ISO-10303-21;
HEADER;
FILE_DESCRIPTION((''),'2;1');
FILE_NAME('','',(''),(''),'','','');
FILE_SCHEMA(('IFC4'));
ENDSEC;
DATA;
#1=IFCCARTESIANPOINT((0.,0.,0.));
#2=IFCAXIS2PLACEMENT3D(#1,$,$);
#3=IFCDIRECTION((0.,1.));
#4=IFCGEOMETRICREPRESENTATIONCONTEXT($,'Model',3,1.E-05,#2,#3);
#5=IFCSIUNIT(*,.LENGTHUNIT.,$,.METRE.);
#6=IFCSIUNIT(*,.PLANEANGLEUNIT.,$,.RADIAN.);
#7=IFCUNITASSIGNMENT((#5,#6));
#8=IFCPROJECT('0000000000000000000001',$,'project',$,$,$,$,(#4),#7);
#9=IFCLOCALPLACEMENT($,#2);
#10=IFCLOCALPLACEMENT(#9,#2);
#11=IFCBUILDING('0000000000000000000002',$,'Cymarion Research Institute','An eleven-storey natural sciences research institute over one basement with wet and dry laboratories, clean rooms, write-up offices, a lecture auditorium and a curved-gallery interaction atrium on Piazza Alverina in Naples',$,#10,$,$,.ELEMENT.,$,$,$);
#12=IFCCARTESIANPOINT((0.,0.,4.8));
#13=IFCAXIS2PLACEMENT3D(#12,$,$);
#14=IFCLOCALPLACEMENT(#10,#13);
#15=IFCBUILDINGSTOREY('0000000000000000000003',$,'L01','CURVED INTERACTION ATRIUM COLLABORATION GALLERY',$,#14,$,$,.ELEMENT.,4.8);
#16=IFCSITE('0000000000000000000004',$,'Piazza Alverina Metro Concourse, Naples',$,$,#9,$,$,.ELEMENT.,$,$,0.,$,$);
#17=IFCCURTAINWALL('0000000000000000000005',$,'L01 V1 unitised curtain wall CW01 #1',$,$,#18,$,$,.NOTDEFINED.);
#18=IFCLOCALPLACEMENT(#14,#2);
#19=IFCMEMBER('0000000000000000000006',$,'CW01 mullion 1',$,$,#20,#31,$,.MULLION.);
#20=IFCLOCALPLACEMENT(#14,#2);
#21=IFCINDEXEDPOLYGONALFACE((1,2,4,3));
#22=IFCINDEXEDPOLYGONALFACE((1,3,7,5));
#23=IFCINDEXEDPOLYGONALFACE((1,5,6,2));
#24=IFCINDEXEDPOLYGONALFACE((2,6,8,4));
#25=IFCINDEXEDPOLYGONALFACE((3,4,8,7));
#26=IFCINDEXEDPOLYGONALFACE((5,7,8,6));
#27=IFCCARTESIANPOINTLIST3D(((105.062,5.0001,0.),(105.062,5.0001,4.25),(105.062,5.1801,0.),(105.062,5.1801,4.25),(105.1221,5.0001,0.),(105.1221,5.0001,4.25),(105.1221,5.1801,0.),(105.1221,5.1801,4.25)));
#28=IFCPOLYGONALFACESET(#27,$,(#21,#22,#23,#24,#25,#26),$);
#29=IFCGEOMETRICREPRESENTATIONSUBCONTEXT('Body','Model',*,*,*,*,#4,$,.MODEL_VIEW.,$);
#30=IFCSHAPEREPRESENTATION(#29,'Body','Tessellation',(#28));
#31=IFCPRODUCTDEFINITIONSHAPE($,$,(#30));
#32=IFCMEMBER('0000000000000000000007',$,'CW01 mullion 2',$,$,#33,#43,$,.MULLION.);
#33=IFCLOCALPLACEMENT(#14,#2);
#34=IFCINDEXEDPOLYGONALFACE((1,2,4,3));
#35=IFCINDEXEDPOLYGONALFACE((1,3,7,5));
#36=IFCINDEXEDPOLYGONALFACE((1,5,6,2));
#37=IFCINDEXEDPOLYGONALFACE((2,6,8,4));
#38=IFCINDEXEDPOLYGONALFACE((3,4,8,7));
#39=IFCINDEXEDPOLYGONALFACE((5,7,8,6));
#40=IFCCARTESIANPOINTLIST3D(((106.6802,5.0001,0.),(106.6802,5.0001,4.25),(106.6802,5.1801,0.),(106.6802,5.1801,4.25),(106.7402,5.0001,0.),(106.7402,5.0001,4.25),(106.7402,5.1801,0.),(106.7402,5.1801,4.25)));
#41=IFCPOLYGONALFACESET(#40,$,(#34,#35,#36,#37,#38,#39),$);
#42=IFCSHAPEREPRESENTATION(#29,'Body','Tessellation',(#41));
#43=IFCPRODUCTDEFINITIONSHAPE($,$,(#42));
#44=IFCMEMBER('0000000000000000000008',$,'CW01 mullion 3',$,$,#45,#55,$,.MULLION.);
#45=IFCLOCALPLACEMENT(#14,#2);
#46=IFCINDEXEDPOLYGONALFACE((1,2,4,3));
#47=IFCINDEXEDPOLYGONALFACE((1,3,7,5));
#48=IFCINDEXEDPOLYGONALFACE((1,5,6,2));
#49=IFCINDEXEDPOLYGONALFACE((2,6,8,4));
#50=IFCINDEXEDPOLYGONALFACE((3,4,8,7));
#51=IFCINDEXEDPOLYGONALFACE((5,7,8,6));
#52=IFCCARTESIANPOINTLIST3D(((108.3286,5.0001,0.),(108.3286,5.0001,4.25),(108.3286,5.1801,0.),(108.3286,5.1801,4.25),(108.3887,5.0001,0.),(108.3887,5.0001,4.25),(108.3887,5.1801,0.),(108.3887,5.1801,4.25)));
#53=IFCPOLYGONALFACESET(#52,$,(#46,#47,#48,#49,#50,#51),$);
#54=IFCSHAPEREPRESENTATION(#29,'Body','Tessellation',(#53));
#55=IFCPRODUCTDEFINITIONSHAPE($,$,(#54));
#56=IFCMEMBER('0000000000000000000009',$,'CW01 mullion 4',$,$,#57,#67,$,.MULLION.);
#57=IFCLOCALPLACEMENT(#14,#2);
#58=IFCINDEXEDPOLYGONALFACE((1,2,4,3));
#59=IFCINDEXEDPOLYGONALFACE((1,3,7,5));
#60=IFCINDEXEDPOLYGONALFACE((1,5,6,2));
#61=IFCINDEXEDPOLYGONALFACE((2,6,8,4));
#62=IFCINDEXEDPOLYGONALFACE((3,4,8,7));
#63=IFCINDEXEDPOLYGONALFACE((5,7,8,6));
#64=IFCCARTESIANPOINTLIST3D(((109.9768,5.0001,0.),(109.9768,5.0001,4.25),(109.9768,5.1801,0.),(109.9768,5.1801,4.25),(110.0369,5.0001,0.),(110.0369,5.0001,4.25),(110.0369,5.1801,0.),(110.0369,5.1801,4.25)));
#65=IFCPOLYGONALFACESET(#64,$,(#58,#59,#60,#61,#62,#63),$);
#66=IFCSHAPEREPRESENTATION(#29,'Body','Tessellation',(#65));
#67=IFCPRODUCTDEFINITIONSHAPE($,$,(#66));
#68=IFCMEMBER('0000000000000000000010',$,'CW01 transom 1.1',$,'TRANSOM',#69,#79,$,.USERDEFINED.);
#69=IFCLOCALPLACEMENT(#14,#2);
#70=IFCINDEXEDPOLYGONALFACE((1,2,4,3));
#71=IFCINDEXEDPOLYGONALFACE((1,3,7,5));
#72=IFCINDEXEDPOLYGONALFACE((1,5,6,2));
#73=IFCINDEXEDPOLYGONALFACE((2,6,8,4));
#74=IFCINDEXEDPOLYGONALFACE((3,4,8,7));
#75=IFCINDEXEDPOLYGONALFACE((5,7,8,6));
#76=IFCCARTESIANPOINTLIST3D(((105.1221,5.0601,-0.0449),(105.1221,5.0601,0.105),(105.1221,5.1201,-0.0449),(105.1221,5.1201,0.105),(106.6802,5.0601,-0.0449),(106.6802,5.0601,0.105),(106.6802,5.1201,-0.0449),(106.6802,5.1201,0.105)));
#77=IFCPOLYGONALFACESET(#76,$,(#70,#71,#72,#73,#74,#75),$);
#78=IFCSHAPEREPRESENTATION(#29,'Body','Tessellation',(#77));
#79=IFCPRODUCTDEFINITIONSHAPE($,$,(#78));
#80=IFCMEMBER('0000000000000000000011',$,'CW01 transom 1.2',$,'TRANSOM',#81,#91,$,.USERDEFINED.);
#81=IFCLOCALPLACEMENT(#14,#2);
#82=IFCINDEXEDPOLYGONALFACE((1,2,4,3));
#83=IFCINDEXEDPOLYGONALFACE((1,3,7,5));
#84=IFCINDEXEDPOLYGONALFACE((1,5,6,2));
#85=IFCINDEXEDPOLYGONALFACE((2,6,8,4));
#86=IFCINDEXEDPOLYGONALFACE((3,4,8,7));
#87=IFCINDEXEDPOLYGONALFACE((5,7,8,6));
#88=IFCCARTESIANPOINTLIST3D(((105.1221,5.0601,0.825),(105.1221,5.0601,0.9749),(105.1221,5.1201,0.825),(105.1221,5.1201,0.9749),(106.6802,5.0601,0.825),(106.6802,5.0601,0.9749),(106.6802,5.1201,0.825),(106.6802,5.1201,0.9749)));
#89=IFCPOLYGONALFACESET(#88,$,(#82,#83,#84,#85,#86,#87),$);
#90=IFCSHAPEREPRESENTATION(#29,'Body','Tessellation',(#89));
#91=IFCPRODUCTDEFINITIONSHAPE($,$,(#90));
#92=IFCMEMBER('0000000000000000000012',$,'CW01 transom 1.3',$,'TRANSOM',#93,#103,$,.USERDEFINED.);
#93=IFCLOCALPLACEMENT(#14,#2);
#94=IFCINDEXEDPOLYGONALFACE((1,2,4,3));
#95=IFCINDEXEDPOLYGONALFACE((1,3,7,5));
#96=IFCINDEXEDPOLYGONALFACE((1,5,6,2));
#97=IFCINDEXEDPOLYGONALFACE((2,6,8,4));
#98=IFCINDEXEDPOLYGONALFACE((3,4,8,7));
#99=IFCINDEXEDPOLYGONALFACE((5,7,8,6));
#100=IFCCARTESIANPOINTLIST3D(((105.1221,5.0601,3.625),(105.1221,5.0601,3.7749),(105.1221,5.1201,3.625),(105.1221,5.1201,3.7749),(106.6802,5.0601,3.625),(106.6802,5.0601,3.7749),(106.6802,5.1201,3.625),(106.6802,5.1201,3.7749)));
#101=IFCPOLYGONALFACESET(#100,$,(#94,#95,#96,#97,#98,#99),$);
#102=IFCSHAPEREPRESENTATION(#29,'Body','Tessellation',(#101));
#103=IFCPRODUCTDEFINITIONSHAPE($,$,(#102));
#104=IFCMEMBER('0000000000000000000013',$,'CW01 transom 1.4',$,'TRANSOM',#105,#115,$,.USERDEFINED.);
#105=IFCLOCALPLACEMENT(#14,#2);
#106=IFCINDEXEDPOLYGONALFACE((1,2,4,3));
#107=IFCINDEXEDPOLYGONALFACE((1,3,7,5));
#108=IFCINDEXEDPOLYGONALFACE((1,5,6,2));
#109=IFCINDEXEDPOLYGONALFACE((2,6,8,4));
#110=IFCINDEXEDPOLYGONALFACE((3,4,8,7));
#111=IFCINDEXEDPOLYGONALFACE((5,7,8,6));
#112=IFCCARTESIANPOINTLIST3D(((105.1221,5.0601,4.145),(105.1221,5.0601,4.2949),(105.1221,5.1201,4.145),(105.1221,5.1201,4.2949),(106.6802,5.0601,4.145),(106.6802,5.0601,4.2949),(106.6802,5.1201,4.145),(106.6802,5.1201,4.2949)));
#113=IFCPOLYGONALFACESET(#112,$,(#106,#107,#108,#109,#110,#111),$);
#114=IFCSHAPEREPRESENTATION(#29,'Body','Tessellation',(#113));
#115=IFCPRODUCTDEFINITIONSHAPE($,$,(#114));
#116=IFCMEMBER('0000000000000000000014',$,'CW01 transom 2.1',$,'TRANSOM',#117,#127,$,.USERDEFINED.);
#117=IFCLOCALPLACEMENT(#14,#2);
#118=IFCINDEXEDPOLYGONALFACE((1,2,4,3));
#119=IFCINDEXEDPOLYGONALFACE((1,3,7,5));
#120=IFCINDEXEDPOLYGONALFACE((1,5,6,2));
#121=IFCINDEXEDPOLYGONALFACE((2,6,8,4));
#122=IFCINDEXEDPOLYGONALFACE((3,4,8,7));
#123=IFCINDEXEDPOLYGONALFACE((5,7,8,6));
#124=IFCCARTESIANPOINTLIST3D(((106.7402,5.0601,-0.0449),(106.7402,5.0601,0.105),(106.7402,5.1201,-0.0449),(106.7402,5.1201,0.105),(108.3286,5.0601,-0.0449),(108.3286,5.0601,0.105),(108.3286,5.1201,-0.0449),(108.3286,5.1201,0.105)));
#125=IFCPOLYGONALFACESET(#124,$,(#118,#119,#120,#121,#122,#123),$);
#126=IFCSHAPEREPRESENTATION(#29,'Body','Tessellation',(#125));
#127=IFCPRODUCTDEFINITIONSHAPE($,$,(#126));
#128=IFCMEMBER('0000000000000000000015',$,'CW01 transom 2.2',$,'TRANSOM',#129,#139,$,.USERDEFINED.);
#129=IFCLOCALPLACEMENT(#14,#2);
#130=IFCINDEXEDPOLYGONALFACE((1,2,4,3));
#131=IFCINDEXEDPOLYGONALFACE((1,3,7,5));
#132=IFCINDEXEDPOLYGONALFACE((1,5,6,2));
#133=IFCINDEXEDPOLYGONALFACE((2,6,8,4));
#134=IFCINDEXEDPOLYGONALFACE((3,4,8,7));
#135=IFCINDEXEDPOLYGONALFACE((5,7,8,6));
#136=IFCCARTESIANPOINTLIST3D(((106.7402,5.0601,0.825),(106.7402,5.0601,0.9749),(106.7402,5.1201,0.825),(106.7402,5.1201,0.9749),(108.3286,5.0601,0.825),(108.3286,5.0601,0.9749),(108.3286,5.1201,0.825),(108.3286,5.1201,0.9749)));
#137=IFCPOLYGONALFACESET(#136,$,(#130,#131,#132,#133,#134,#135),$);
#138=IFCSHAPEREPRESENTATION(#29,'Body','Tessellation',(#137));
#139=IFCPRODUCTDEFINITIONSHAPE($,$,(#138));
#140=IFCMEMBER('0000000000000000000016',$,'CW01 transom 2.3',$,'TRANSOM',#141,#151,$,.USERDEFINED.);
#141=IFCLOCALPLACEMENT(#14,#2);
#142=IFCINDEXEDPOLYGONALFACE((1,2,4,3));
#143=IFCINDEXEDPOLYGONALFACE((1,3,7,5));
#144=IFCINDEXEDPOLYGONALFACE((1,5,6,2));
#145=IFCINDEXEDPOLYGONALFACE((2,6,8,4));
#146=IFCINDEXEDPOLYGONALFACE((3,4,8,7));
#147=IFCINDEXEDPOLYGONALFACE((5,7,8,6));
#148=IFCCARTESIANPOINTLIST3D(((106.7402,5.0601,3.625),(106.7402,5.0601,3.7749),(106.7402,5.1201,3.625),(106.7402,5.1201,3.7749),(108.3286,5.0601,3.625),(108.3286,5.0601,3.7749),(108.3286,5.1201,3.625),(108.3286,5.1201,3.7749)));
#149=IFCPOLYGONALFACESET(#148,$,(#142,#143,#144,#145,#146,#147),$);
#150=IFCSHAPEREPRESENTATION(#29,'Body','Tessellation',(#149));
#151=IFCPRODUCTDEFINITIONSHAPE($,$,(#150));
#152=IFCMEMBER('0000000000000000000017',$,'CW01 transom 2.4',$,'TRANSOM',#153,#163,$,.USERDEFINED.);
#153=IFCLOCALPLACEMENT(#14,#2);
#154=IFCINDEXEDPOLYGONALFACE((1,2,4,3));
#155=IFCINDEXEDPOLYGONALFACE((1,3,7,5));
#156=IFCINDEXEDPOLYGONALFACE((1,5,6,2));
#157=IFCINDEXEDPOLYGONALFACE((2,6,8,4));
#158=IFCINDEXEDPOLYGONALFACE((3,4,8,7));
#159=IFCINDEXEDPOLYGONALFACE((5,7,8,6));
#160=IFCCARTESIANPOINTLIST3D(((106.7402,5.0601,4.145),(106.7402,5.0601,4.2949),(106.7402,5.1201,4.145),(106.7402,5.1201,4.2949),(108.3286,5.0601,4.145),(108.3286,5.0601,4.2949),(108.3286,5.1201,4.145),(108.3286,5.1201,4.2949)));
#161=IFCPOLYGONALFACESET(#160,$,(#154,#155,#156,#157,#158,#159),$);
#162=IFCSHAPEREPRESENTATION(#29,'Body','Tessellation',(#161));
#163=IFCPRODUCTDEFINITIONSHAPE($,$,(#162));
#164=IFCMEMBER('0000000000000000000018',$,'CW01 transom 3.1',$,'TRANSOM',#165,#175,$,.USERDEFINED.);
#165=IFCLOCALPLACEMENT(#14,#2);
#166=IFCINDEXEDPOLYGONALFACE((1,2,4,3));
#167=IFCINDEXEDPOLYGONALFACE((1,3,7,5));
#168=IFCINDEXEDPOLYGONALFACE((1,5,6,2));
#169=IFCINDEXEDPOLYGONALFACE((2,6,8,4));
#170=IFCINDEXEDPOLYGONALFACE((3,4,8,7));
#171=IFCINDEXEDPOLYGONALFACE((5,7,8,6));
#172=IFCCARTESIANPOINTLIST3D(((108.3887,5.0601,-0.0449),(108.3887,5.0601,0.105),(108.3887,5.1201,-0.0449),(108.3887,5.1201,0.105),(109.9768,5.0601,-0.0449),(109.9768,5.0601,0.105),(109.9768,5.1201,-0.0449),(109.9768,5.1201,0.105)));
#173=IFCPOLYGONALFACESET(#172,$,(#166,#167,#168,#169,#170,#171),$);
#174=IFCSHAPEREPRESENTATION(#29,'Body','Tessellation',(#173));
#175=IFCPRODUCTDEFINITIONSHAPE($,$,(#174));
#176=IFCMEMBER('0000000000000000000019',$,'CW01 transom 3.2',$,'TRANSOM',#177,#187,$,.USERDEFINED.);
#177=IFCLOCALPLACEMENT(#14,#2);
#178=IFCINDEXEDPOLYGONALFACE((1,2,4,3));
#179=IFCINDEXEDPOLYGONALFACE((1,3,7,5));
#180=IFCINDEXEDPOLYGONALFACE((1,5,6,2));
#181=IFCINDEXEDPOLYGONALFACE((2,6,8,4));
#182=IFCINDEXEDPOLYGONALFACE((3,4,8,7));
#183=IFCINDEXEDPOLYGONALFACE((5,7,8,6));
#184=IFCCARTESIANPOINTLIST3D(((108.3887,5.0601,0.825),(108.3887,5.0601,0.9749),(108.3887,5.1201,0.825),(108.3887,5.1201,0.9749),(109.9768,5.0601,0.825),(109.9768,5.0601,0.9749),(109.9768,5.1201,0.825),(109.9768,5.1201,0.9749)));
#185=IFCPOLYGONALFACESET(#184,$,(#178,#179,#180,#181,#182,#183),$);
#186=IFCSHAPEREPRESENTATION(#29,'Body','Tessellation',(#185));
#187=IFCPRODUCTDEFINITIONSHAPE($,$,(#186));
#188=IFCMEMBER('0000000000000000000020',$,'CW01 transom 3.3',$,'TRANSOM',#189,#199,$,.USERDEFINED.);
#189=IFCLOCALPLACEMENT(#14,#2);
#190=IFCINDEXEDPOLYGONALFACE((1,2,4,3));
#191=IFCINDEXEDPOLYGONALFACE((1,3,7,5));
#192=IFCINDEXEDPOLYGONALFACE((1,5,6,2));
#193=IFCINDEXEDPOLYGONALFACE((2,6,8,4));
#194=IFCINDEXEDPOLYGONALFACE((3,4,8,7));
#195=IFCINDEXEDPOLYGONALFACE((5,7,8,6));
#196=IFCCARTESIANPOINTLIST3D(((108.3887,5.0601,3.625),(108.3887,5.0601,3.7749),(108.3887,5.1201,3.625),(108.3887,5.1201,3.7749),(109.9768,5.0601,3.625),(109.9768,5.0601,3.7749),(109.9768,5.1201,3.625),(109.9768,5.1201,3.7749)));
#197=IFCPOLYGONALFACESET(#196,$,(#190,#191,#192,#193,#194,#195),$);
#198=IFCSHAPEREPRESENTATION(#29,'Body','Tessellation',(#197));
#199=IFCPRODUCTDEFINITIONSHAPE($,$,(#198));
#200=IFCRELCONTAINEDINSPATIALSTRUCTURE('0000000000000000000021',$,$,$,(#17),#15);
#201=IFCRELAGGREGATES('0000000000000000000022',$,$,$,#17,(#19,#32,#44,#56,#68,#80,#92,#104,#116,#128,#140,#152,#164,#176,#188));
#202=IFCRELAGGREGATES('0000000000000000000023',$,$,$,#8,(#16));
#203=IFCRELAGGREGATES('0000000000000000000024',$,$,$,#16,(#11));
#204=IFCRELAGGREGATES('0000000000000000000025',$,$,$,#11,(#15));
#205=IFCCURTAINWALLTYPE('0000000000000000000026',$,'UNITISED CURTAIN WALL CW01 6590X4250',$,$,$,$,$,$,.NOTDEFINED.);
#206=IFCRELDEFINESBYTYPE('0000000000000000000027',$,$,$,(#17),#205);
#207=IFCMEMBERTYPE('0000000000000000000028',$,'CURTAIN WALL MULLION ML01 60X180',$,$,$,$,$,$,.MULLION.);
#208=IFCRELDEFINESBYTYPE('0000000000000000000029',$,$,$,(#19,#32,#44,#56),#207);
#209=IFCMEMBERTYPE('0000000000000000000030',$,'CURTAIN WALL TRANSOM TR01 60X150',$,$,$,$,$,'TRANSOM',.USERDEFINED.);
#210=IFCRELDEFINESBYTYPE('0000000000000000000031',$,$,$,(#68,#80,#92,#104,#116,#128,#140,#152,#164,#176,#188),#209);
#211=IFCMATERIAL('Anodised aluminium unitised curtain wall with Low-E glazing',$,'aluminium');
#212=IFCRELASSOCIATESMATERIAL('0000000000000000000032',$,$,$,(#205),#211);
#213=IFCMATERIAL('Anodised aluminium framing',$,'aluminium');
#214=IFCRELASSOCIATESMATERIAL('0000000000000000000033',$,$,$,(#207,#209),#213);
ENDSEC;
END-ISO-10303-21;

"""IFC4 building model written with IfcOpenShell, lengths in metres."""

from ifc_helpers import new_model, si_unit, direction, frame, origin, origin_2d, place, context, subcontext, project, spatial, rectangle, extrude, material, material_profile, profile_set, type_object, element, aggregate, save


model = new_model("IFC4")

# Units and contexts
model_context = context("Model", 3, precision=1e-05, world=origin(), true_north=direction((0.0, 1.0)))
body_context = subcontext(model_context, "Body", "Model", "MODEL_VIEW")
ifc_project = project(units=[si_unit("LENGTHUNIT", "METRE"), si_unit("PLANEANGLEUNIT", "RADIAN")], contexts=[model_context])

# Site, building, storey
site_placement = place(None, origin())
site = spatial("IfcSite", under=ifc_project, at=site_placement, Name="Piazza Alverina Metro Concourse, Naples", CompositionType="ELEMENT", RefElevation=0.0)
building_placement = place(site_placement, origin())
building = spatial("IfcBuilding", under=site, at=building_placement, Name="Cymarion Research Institute", Description="An eleven-storey natural sciences research institute over one basement with wet and dry laboratories, clean rooms, write-up offices, a lecture auditorium and a curved-gallery interaction atrium on Piazza Alverina in Naples", CompositionType="ELEMENT")
storey_placement = place(building_placement, frame((0.0, 0.0, 4.8)))
storey = spatial("IfcBuildingStorey", under=building, at=storey_placement, Name="L01", Description="CURVED INTERACTION ATRIUM COLLABORATION GALLERY", CompositionType="ELEMENT", Elevation=4.8)

# Curtain wall, members
ifc_material_1 = material(Name="Anodised aluminium unitised curtain wall with Low-E glazing", Category="aluminium")
curtain_wall_type = type_object("IfcCurtainWallType", Name="UNITISED CURTAIN WALL CW01 6590X4250", PredefinedType="NOTDEFINED", material=ifc_material_1)
curtain_wall_placement = place(storey_placement, origin())
curtain_wall = element("IfcCurtainWall", 1, at=curtain_wall_placement, inside=storey, type_object=curtain_wall_type, Name="L01 V1 unitised curtain wall CW01 #1", PredefinedType="NOTDEFINED")
ifc_material_2 = material(Name="Anodised aluminium framing", Category="aluminium")
ifc_material_profile_1 = material_profile(ifc_material_2, rectangle(XDim=0.0601, YDim=0.1799, at=origin_2d()), Name="ALU MULLION 60x180")
ifc_profile_set_1 = profile_set([ifc_material_profile_1], Name="Anodised aluminium framing")
member_type_1 = type_object("IfcMemberType", Name="CURTAIN WALL MULLION ML01 60X180", PredefinedType="MULLION", material=ifc_profile_set_1)
member_1_placement = place(storey_placement, frame((105.092, 5.0901, 0.0), z_axis=(0.0, 0.0, 1.0), x_axis=(1.0, 0.0, 0.0)))
member_1 = element("IfcMember", 2, at=member_1_placement, type_object=member_type_1, Name="CW01 mullion 1", PredefinedType="MULLION", context=body_context, shape_type="SweptSolid", body=[
    extrude(rectangle(XDim=0.0601, YDim=0.1799, at=origin_2d()), origin(), (0.0, 0.0, 1.0), 4.25),
])
member_2_placement = place(storey_placement, frame((106.7102, 5.0901, 0.0), z_axis=(0.0, 0.0, 1.0), x_axis=(1.0, 0.0, 0.0)))
member_2 = element("IfcMember", 3, at=member_2_placement, type_object=member_type_1, Name="CW01 mullion 2", PredefinedType="MULLION", context=body_context, shape_type="SweptSolid", body=[
    extrude(rectangle(XDim=0.0601, YDim=0.1799, at=origin_2d()), origin(), (0.0, 0.0, 1.0), 4.25),
])
member_3_placement = place(storey_placement, frame((108.3586, 5.0901, 0.0), z_axis=(0.0, 0.0, 1.0), x_axis=(1.0, 0.0, 0.0)))
member_3 = element("IfcMember", 4, at=member_3_placement, type_object=member_type_1, Name="CW01 mullion 3", PredefinedType="MULLION", context=body_context, shape_type="SweptSolid", body=[
    extrude(rectangle(XDim=0.0601, YDim=0.1799, at=origin_2d()), origin(), (0.0, 0.0, 1.0), 4.25),
])
member_4_placement = place(storey_placement, frame((110.0068, 5.0901, 0.0), z_axis=(0.0, 0.0, 1.0), x_axis=(1.0, 0.0, 0.0)))
member_4 = element("IfcMember", 5, at=member_4_placement, type_object=member_type_1, Name="CW01 mullion 4", PredefinedType="MULLION", context=body_context, shape_type="SweptSolid", body=[
    extrude(rectangle(XDim=0.0601, YDim=0.1799, at=origin_2d()), origin(), (0.0, 0.0, 1.0), 4.25),
])
ifc_material_profile_2 = material_profile(ifc_material_2, rectangle(XDim=0.0601, YDim=0.1499, at=origin_2d()), Name="ALU TRANSOM 60x150")
ifc_profile_set_2 = profile_set([ifc_material_profile_2], Name="Anodised aluminium framing")
member_type_2 = type_object("IfcMemberType", Name="CURTAIN WALL TRANSOM TR01 60X150", ElementType="TRANSOM", PredefinedType="USERDEFINED", material=ifc_profile_set_2)
member_5_placement = place(storey_placement, frame((105.1221, 5.0901, 0.03), z_axis=(1.0, 0.0, 0.0), x_axis=(0.0, 1.0, 0.0)))
member_5 = element("IfcMember", 6, at=member_5_placement, type_object=member_type_2, Name="CW01 transom 1.1", ObjectType="TRANSOM", PredefinedType="USERDEFINED", context=body_context, shape_type="SweptSolid", body=[
    extrude(rectangle(XDim=0.0601, YDim=0.1499, at=origin_2d()), origin(), (0.0, 0.0, 1.0), 1.5581),
])
member_6_placement = place(storey_placement, frame((105.1221, 5.0901, 0.8999), z_axis=(1.0, 0.0, 0.0), x_axis=(0.0, 1.0, 0.0)))
member_6 = element("IfcMember", 7, at=member_6_placement, type_object=member_type_2, Name="CW01 transom 1.2", ObjectType="TRANSOM", PredefinedType="USERDEFINED", context=body_context, shape_type="SweptSolid", body=[
    extrude(rectangle(XDim=0.0601, YDim=0.1499, at=origin_2d()), origin(), (0.0, 0.0, 1.0), 1.5581),
])
member_7_placement = place(storey_placement, frame((105.1221, 5.0901, 3.7), z_axis=(1.0, 0.0, 0.0), x_axis=(0.0, 1.0, 0.0)))
member_7 = element("IfcMember", 8, at=member_7_placement, type_object=member_type_2, Name="CW01 transom 1.3", ObjectType="TRANSOM", PredefinedType="USERDEFINED", context=body_context, shape_type="SweptSolid", body=[
    extrude(rectangle(XDim=0.0601, YDim=0.1499, at=origin_2d()), origin(), (0.0, 0.0, 1.0), 1.5581),
])
member_8_placement = place(storey_placement, frame((105.1221, 5.0901, 4.22), z_axis=(1.0, 0.0, 0.0), x_axis=(0.0, 1.0, 0.0)))
member_8 = element("IfcMember", 9, at=member_8_placement, type_object=member_type_2, Name="CW01 transom 1.4", ObjectType="TRANSOM", PredefinedType="USERDEFINED", context=body_context, shape_type="SweptSolid", body=[
    extrude(rectangle(XDim=0.0601, YDim=0.1499, at=origin_2d()), origin(), (0.0, 0.0, 1.0), 1.5581),
])
member_9_placement = place(storey_placement, frame((106.7402, 5.0901, 0.03), z_axis=(1.0, 0.0, 0.0), x_axis=(0.0, 1.0, 0.0)))
member_9 = element("IfcMember", 10, at=member_9_placement, type_object=member_type_2, Name="CW01 transom 2.1", ObjectType="TRANSOM", PredefinedType="USERDEFINED", context=body_context, shape_type="SweptSolid", body=[
    extrude(rectangle(XDim=0.0601, YDim=0.1499, at=origin_2d()), origin(), (0.0, 0.0, 1.0), 1.5884),
])
member_10_placement = place(storey_placement, frame((106.7402, 5.0901, 0.8999), z_axis=(1.0, 0.0, 0.0), x_axis=(0.0, 1.0, 0.0)))
member_10 = element("IfcMember", 11, at=member_10_placement, type_object=member_type_2, Name="CW01 transom 2.2", ObjectType="TRANSOM", PredefinedType="USERDEFINED", context=body_context, shape_type="SweptSolid", body=[
    extrude(rectangle(XDim=0.0601, YDim=0.1499, at=origin_2d()), origin(), (0.0, 0.0, 1.0), 1.5884),
])
member_11_placement = place(storey_placement, frame((106.7402, 5.0901, 3.7), z_axis=(1.0, 0.0, 0.0), x_axis=(0.0, 1.0, 0.0)))
member_11 = element("IfcMember", 12, at=member_11_placement, type_object=member_type_2, Name="CW01 transom 2.3", ObjectType="TRANSOM", PredefinedType="USERDEFINED", context=body_context, shape_type="SweptSolid", body=[
    extrude(rectangle(XDim=0.0601, YDim=0.1499, at=origin_2d()), origin(), (0.0, 0.0, 1.0), 1.5884),
])
member_12_placement = place(storey_placement, frame((106.7402, 5.0901, 4.22), z_axis=(1.0, 0.0, 0.0), x_axis=(0.0, 1.0, 0.0)))
member_12 = element("IfcMember", 13, at=member_12_placement, type_object=member_type_2, Name="CW01 transom 2.4", ObjectType="TRANSOM", PredefinedType="USERDEFINED", context=body_context, shape_type="SweptSolid", body=[
    extrude(rectangle(XDim=0.0601, YDim=0.1499, at=origin_2d()), origin(), (0.0, 0.0, 1.0), 1.5884),
])
member_13_placement = place(storey_placement, frame((108.3887, 5.0901, 0.03), z_axis=(1.0, 0.0, 0.0), x_axis=(0.0, 1.0, 0.0)))
member_13 = element("IfcMember", 14, at=member_13_placement, type_object=member_type_2, Name="CW01 transom 3.1", ObjectType="TRANSOM", PredefinedType="USERDEFINED", context=body_context, shape_type="SweptSolid", body=[
    extrude(rectangle(XDim=0.0601, YDim=0.1499, at=origin_2d()), origin(), (0.0, 0.0, 1.0), 1.5881),
])
member_14_placement = place(storey_placement, frame((108.3887, 5.0901, 0.8999), z_axis=(1.0, 0.0, 0.0), x_axis=(0.0, 1.0, 0.0)))
member_14 = element("IfcMember", 15, at=member_14_placement, type_object=member_type_2, Name="CW01 transom 3.2", ObjectType="TRANSOM", PredefinedType="USERDEFINED", context=body_context, shape_type="SweptSolid", body=[
    extrude(rectangle(XDim=0.0601, YDim=0.1499, at=origin_2d()), origin(), (0.0, 0.0, 1.0), 1.5881),
])
member_15_placement = place(storey_placement, frame((108.3887, 5.0901, 3.7), z_axis=(1.0, 0.0, 0.0), x_axis=(0.0, 1.0, 0.0)))
member_15 = element("IfcMember", 16, at=member_15_placement, type_object=member_type_2, Name="CW01 transom 3.3", ObjectType="TRANSOM", PredefinedType="USERDEFINED", context=body_context, shape_type="SweptSolid", body=[
    extrude(rectangle(XDim=0.0601, YDim=0.1499, at=origin_2d()), origin(), (0.0, 0.0, 1.0), 1.5881),
])
aggregate(curtain_wall, [member_1, member_2, member_3, member_4, member_5, member_6, member_7, member_8, member_9, member_10, member_11, member_12, member_13, member_14, member_15])

save(model, "model.ifc")
